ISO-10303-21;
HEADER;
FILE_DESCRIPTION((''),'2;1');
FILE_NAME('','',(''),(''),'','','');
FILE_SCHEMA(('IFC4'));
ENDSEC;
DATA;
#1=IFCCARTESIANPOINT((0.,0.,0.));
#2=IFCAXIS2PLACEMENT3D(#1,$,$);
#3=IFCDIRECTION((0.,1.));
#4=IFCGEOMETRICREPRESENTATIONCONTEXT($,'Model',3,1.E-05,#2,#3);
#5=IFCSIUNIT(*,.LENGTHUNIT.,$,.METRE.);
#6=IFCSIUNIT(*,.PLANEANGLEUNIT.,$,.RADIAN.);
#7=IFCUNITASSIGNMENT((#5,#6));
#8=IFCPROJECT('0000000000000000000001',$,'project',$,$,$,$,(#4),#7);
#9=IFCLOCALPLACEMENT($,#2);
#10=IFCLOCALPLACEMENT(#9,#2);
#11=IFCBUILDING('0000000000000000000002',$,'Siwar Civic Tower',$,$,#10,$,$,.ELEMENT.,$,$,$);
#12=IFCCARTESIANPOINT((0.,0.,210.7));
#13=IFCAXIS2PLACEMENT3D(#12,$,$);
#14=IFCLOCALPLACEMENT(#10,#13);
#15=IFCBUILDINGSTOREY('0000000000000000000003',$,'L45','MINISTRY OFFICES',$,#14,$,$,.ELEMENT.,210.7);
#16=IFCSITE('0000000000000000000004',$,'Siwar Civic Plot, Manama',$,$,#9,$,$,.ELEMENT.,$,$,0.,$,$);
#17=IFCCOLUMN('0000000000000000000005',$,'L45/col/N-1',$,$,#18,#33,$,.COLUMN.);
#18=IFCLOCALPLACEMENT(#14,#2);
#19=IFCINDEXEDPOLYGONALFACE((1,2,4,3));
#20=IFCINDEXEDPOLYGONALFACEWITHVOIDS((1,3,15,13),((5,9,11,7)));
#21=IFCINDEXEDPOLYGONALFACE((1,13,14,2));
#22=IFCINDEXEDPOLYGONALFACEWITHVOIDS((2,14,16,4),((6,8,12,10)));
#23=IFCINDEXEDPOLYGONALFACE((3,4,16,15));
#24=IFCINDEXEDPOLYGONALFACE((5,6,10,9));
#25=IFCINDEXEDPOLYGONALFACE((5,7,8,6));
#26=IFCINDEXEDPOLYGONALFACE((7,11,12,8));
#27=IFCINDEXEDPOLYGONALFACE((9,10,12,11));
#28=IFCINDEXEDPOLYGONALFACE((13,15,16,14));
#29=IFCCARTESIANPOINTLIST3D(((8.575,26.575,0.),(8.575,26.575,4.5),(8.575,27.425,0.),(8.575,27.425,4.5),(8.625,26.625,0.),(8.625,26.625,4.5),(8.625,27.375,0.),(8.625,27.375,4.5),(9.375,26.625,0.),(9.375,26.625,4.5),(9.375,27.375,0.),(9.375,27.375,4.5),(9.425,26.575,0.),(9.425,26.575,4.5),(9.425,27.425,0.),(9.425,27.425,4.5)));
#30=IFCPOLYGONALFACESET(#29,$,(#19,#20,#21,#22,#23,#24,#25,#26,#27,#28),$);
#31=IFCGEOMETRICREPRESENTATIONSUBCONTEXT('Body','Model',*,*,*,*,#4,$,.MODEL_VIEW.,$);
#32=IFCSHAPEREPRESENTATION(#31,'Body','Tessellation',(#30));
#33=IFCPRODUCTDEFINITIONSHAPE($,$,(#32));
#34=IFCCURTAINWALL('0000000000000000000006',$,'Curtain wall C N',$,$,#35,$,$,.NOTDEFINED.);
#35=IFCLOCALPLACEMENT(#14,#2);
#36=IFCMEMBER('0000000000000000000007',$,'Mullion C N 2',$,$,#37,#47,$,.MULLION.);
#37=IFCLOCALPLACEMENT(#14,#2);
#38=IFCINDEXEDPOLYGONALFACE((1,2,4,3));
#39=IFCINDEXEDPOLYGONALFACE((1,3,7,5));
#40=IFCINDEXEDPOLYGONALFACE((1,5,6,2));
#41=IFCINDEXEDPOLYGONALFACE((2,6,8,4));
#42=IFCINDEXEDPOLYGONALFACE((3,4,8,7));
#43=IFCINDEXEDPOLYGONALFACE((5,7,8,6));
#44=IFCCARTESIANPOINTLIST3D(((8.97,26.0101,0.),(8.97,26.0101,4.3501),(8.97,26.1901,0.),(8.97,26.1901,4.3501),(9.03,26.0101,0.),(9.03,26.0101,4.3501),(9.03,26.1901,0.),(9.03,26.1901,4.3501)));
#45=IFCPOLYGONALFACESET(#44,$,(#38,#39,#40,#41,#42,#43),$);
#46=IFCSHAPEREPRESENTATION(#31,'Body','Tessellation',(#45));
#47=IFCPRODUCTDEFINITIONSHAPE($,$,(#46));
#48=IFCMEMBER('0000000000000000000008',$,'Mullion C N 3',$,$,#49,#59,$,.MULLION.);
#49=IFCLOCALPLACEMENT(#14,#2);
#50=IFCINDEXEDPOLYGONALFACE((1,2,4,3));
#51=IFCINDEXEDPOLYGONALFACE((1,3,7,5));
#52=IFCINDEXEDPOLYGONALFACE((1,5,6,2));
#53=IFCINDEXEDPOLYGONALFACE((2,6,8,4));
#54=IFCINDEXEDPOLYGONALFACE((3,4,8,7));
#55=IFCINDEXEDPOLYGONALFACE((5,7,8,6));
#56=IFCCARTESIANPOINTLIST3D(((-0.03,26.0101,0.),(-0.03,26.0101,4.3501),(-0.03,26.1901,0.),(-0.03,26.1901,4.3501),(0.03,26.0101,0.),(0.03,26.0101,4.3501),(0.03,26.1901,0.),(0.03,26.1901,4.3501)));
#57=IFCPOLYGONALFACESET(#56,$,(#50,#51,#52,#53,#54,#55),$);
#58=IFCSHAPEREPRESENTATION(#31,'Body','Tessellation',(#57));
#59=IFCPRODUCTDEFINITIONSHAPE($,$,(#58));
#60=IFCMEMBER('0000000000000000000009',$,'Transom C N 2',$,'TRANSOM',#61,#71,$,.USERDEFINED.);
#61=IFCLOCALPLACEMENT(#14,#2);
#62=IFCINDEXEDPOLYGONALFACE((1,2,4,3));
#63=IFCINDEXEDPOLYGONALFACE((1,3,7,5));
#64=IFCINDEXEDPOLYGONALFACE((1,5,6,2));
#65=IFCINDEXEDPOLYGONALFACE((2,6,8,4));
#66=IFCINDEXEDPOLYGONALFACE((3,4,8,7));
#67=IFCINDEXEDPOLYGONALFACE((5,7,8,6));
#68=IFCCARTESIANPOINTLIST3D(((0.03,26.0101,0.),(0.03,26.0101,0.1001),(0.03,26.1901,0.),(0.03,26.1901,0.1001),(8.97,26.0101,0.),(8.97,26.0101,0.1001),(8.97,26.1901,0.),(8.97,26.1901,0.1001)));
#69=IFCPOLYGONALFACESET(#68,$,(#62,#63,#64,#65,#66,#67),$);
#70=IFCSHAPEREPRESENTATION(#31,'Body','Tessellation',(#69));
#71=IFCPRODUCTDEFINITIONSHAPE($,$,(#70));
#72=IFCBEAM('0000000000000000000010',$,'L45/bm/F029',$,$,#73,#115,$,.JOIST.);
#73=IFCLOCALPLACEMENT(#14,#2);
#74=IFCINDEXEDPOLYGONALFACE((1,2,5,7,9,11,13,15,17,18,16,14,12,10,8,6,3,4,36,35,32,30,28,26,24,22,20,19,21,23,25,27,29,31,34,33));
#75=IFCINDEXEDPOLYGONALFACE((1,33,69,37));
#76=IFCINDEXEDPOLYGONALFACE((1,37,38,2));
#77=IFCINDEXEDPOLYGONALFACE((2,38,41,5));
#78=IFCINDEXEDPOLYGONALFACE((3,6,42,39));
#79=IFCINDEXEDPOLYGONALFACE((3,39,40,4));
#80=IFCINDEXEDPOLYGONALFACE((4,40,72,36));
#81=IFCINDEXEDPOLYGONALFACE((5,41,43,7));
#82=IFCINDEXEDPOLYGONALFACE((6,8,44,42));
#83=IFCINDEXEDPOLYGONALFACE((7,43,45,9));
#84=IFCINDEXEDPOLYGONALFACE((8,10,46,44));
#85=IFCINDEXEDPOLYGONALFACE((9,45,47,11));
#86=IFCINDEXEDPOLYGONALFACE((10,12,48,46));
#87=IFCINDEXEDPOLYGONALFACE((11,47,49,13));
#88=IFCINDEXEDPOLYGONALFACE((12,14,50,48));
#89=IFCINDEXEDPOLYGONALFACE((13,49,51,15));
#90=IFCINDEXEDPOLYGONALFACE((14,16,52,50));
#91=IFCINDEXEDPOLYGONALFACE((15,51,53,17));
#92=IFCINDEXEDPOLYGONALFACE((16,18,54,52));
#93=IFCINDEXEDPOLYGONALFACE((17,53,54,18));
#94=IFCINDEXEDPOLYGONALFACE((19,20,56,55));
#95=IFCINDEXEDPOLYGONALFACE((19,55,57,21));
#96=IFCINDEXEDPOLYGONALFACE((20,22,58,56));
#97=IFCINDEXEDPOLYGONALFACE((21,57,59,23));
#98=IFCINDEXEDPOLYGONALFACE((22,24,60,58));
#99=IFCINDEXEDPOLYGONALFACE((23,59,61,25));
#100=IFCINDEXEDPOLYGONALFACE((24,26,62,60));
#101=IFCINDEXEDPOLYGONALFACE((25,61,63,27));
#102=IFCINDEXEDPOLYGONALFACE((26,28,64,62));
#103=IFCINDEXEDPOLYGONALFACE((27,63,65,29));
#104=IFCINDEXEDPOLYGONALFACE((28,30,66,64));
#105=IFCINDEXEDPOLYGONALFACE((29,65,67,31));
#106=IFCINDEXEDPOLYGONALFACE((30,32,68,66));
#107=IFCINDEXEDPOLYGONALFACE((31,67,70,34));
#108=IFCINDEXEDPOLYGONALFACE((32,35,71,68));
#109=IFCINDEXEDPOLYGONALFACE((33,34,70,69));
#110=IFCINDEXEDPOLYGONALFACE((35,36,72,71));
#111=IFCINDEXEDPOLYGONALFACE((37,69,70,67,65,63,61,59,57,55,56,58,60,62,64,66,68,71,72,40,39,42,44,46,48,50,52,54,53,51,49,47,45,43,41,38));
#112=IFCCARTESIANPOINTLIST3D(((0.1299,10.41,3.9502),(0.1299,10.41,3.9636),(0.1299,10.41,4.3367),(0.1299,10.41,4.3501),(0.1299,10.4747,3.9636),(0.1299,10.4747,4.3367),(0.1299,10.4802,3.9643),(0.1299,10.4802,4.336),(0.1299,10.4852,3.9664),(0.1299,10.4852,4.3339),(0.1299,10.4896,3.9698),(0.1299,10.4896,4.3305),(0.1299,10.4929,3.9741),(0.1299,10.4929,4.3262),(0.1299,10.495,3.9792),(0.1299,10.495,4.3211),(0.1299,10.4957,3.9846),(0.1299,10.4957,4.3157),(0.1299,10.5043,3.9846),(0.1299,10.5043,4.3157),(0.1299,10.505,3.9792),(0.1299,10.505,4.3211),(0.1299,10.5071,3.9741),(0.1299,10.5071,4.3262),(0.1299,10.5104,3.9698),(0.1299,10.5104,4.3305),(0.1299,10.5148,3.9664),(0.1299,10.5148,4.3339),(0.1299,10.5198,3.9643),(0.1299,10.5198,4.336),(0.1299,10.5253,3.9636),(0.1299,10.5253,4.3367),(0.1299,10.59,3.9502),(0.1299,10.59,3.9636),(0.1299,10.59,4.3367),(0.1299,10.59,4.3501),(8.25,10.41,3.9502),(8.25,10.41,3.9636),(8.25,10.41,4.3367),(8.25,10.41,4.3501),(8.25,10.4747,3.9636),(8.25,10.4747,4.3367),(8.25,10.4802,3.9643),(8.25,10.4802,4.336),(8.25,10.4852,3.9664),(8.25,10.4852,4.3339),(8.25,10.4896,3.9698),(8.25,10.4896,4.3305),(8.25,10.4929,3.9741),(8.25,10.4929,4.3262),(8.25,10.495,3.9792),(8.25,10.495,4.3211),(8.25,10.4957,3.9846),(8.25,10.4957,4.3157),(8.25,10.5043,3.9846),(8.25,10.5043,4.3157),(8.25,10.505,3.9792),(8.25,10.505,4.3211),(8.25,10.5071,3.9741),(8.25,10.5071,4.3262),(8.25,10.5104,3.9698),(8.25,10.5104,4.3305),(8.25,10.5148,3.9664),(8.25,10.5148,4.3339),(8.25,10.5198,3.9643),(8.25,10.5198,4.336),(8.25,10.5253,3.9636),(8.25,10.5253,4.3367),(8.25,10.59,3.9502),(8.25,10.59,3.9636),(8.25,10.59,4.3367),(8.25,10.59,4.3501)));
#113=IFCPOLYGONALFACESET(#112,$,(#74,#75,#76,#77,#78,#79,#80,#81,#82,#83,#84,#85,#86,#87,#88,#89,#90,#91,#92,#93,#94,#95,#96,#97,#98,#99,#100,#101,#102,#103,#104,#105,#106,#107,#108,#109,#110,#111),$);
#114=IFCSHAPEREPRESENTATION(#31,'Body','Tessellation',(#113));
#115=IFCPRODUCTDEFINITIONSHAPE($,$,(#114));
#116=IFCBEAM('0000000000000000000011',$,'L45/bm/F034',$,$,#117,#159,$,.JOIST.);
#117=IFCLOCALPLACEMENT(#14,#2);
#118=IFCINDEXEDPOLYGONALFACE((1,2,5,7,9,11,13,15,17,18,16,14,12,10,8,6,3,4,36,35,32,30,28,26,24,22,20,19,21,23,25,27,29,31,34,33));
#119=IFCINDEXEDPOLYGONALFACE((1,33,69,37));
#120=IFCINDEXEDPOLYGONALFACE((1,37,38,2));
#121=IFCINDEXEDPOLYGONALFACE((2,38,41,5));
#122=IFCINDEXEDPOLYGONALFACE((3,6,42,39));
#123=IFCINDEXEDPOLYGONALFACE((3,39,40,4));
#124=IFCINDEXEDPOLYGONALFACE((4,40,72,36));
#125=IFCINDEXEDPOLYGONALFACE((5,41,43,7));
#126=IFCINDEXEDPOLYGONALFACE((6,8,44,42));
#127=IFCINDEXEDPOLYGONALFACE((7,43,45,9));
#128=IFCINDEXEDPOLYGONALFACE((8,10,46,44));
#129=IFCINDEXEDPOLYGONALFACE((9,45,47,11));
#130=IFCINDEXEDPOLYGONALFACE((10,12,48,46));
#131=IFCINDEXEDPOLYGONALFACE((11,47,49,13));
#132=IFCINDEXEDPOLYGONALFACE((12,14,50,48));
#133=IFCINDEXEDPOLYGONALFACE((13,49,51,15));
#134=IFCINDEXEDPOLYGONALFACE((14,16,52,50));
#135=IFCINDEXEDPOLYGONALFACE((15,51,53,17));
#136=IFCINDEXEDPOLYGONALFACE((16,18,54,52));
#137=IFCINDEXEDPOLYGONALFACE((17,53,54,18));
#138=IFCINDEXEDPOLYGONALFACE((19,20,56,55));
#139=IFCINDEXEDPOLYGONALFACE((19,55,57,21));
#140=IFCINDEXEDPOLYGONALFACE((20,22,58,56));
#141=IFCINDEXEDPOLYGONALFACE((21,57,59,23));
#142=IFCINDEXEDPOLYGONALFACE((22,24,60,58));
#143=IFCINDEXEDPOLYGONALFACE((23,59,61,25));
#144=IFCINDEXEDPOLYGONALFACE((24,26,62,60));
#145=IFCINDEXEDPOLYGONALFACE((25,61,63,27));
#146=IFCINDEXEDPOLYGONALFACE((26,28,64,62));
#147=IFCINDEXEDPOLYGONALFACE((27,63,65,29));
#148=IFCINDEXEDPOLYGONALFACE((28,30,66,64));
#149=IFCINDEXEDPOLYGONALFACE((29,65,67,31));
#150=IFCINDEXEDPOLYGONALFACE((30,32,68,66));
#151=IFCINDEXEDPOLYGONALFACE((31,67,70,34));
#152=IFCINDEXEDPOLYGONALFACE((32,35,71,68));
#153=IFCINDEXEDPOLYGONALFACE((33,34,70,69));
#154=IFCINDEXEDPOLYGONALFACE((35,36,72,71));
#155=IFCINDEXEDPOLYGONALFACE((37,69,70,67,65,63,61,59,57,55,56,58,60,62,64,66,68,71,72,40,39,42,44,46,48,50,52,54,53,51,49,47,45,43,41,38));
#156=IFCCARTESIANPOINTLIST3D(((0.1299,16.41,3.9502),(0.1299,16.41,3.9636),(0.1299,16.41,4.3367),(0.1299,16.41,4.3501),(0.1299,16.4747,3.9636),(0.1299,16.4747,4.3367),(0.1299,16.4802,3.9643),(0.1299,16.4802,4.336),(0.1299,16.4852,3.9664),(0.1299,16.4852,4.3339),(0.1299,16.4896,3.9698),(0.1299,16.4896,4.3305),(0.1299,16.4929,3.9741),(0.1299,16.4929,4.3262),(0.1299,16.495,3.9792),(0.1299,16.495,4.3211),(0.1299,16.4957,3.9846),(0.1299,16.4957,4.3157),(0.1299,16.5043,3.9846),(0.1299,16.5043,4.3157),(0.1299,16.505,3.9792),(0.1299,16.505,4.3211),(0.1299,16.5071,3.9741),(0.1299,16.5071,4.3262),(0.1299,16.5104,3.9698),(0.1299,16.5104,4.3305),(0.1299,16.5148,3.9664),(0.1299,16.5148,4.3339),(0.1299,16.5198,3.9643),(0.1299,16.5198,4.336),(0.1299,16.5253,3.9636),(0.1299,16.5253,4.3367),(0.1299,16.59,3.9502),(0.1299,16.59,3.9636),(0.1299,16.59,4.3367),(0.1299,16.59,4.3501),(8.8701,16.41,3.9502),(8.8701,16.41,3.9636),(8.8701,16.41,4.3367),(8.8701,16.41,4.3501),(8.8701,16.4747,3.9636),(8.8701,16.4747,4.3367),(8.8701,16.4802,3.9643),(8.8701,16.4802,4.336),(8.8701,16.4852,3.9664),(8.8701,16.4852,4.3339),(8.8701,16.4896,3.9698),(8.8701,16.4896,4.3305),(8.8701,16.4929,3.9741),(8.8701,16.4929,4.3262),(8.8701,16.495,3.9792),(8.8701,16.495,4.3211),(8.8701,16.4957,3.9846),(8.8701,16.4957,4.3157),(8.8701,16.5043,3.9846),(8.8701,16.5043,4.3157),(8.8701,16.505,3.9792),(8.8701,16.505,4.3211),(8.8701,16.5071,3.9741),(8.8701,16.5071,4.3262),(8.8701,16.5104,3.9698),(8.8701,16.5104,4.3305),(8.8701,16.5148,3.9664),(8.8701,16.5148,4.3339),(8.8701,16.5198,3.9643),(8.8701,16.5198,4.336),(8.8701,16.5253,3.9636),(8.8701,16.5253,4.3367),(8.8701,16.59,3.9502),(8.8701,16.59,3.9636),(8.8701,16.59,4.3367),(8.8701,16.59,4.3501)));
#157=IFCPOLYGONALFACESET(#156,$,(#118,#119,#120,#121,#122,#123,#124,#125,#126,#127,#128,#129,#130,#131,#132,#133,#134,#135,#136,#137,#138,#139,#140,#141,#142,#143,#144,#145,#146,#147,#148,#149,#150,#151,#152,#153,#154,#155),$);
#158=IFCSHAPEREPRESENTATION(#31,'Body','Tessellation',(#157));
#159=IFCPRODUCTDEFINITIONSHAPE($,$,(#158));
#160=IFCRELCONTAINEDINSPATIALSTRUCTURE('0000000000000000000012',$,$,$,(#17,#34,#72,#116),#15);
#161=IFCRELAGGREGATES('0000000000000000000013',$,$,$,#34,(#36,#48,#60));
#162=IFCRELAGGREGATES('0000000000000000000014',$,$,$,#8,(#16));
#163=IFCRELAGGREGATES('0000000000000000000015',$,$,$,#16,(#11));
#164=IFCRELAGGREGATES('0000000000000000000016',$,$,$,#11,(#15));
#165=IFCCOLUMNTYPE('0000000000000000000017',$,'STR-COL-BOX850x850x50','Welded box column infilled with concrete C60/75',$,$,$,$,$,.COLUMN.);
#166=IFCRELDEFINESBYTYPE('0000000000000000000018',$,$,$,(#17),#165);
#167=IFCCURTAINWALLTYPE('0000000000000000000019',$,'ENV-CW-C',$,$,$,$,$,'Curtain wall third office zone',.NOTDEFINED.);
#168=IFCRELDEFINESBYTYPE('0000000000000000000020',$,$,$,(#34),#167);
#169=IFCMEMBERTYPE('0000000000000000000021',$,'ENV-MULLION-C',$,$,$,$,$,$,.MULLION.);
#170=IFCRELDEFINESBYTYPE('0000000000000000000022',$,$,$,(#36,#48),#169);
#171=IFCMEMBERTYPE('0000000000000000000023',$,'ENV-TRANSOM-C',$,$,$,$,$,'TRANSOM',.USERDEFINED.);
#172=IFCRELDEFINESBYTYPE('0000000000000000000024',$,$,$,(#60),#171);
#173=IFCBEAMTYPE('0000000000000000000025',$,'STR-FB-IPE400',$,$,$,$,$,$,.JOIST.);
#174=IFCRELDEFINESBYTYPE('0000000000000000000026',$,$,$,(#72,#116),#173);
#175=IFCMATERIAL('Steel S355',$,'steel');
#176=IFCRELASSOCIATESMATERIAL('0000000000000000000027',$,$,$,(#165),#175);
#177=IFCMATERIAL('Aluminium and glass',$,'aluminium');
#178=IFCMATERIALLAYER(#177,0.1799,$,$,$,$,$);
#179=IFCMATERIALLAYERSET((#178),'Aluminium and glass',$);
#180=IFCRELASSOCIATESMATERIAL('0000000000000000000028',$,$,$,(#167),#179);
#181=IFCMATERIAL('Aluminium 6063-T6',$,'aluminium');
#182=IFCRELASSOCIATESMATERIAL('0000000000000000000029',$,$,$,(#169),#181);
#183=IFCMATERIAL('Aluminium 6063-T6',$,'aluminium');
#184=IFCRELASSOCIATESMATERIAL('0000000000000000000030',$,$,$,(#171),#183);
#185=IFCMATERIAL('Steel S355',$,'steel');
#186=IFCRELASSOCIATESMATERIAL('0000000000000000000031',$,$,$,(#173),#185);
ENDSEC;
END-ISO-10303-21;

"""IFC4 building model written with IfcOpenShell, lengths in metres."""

from ifc_helpers import new_model, si_unit, direction, frame, origin, origin_2d, place, context, subcontext, project, spatial, rectangle, hollow_rectangle, i_section, extrude, material, layer, layer_set, material_profile, profile_set, type_object, element, aggregate, save


model = new_model("IFC4")

# Units and contexts
model_context = context("Model", 3, precision=1e-05, world=origin(), true_north=direction((0.0, 1.0)))
body_context = subcontext(model_context, "Body", "Model", "MODEL_VIEW")
ifc_project = project(units=[si_unit("LENGTHUNIT", "METRE"), si_unit("PLANEANGLEUNIT", "RADIAN")], contexts=[model_context])

# Site, building, storey
site_placement = place(None, origin())
site = spatial("IfcSite", under=ifc_project, at=site_placement, Name="Siwar Civic Plot, Manama", CompositionType="ELEMENT", RefElevation=0.0)
building_placement = place(site_placement, origin())
building = spatial("IfcBuilding", under=site, at=building_placement, Name="Siwar Civic Tower", CompositionType="ELEMENT")
storey_placement = place(building_placement, frame((0.0, 0.0, 210.7)))
storey = spatial("IfcBuildingStorey", under=building, at=storey_placement, Name="L45", Description="MINISTRY OFFICES", CompositionType="ELEMENT", Elevation=210.7)

# Column
ifc_material_1 = material(Name="Steel S355", Category="steel")
ifc_material_profile_1 = material_profile(ifc_material_1, hollow_rectangle(XDim=0.8501, YDim=0.8501, WallThickness=0.05, at=origin_2d()), Name="BOX850x850x50")
ifc_profile_set_1 = profile_set([ifc_material_profile_1], Name="Steel S355")
column_type = type_object("IfcColumnType", Name="STR-COL-BOX850x850x50", Description="Welded box column infilled with concrete C60/75", PredefinedType="COLUMN", material=ifc_profile_set_1)
column_placement = place(storey_placement, frame((9.0, 27.0, 0.0), z_axis=(0.0, 0.0, 1.0), x_axis=(1.0, 0.0, 0.0)))
element("IfcColumn", 1, at=column_placement, inside=storey, type_object=column_type, Name="L45/col/N-1", PredefinedType="COLUMN", context=body_context, shape_type="SweptSolid", body=[
    extrude(hollow_rectangle(XDim=0.8501, YDim=0.8501, WallThickness=0.05, at=origin_2d()), origin(), (0.0, 0.0, 1.0), 4.5),
])

# Curtain wall, members
ifc_material_2 = material(Name="Aluminium and glass", Category="aluminium")
ifc_layer_1 = layer(ifc_material_2, 0.1799)
ifc_layer_set_1 = layer_set([ifc_layer_1], Name="Aluminium and glass")
curtain_wall_type = type_object("IfcCurtainWallType", Name="ENV-CW-C", ElementType="Curtain wall third office zone", PredefinedType="NOTDEFINED", material=ifc_layer_set_1)
curtain_wall_placement = place(storey_placement, origin())
curtain_wall = element("IfcCurtainWall", 2, at=curtain_wall_placement, inside=storey, type_object=curtain_wall_type, Name="Curtain wall C N", PredefinedType="NOTDEFINED")
ifc_material_3 = material(Name="Aluminium 6063-T6", Category="aluminium")
ifc_material_profile_2 = material_profile(ifc_material_3, rectangle(XDim=0.1799, YDim=0.0601, at=origin_2d()), Name="AL 180x60")
ifc_profile_set_2 = profile_set([ifc_material_profile_2], Name="Aluminium 6063-T6")
member_type_1 = type_object("IfcMemberType", Name="ENV-MULLION-C", PredefinedType="MULLION", material=ifc_profile_set_2)
member_1_placement = place(storey_placement, frame((9.0, 26.1001, 0.0), z_axis=(0.0, 0.0, 1.0), x_axis=(0.0, -1.0, 0.0)))
member_1 = element("IfcMember", 3, at=member_1_placement, type_object=member_type_1, Name="Mullion C N 2", PredefinedType="MULLION", context=body_context, shape_type="SweptSolid", body=[
    extrude(rectangle(XDim=0.1799, YDim=0.0601, at=origin_2d()), origin(), (0.0, 0.0, 1.0), 4.3501),
])
member_2_placement = place(storey_placement, frame((0.0, 26.1001, 0.0), z_axis=(0.0, 0.0, 1.0), x_axis=(0.0, -1.0, 0.0)))
member_2 = element("IfcMember", 4, at=member_2_placement, type_object=member_type_1, Name="Mullion C N 3", PredefinedType="MULLION", context=body_context, shape_type="SweptSolid", body=[
    extrude(rectangle(XDim=0.1799, YDim=0.0601, at=origin_2d()), origin(), (0.0, 0.0, 1.0), 4.3501),
])
ifc_material_4 = material(Name="Aluminium 6063-T6", Category="aluminium")
ifc_material_profile_3 = material_profile(ifc_material_4, rectangle(XDim=0.1799, YDim=0.1001, at=origin_2d()), Name="AL 180x100")
ifc_profile_set_3 = profile_set([ifc_material_profile_3], Name="Aluminium 6063-T6")
member_type_2 = type_object("IfcMemberType", Name="ENV-TRANSOM-C", ElementType="TRANSOM", PredefinedType="USERDEFINED", material=ifc_profile_set_3)
member_3_placement = place(storey_placement, frame((8.97, 26.1001, 0.05), z_axis=(-1.0, 0.0, 0.0), x_axis=(0.0, -1.0, 0.0)))
member_3 = element("IfcMember", 5, at=member_3_placement, type_object=member_type_2, Name="Transom C N 2", ObjectType="TRANSOM", PredefinedType="USERDEFINED", context=body_context, shape_type="SweptSolid", body=[
    extrude(rectangle(XDim=0.1799, YDim=0.1001, at=origin_2d()), origin(), (0.0, 0.0, 1.0), 8.9399),
])

# Beams
ifc_material_5 = material(Name="Steel S355", Category="steel")
ifc_material_profile_4 = material_profile(ifc_material_5, i_section(OverallWidth=0.1799, OverallDepth=0.3999, WebThickness=0.0085, FlangeThickness=0.0134, FilletRadius=0.021, at=origin_2d()), Name="IPE400")
ifc_profile_set_4 = profile_set([ifc_material_profile_4], Name="Steel S355")
beam_type_1 = type_object("IfcBeamType", Name="STR-FB-IPE400", PredefinedType="JOIST", material=ifc_profile_set_4)
beam_1_placement = place(storey_placement, frame((0.1299, 10.5, 4.1501), z_axis=(1.0, 0.0, 0.0), x_axis=(0.0, 1.0, 0.0)))
element("IfcBeam", 6, at=beam_1_placement, inside=storey, type_object=beam_type_1, Name="L45/bm/F029", PredefinedType="JOIST", context=body_context, shape_type="SweptSolid", body=[
    extrude(i_section(OverallWidth=0.1799, OverallDepth=0.3999, WebThickness=0.0085, FlangeThickness=0.0134, FilletRadius=0.021, at=origin_2d()), origin(), (0.0, 0.0, 1.0), 8.1201),
])
for number, where, z_axis, x_axis, name in (
    (7, (0.1299, 16.5, 4.1501), (1.0, 0.0, 0.0), (0.0, 1.0, 0.0), "L45/bm/F034"),
):
    element("IfcBeam", number, at=place(storey_placement, frame(where, z_axis=z_axis, x_axis=x_axis)), inside=storey, type_object=beam_type_1, Name=name, PredefinedType="JOIST", context=body_context, shape_type="SweptSolid", body=[
        extrude(i_section(OverallWidth=0.1799, OverallDepth=0.3999, WebThickness=0.0085, FlangeThickness=0.0134, FilletRadius=0.021, at=origin_2d()), origin(), (0.0, 0.0, 1.0), 8.7402),
    ])

aggregate(curtain_wall, [member_1, member_2, member_3])

save(model, "model.ifc")
